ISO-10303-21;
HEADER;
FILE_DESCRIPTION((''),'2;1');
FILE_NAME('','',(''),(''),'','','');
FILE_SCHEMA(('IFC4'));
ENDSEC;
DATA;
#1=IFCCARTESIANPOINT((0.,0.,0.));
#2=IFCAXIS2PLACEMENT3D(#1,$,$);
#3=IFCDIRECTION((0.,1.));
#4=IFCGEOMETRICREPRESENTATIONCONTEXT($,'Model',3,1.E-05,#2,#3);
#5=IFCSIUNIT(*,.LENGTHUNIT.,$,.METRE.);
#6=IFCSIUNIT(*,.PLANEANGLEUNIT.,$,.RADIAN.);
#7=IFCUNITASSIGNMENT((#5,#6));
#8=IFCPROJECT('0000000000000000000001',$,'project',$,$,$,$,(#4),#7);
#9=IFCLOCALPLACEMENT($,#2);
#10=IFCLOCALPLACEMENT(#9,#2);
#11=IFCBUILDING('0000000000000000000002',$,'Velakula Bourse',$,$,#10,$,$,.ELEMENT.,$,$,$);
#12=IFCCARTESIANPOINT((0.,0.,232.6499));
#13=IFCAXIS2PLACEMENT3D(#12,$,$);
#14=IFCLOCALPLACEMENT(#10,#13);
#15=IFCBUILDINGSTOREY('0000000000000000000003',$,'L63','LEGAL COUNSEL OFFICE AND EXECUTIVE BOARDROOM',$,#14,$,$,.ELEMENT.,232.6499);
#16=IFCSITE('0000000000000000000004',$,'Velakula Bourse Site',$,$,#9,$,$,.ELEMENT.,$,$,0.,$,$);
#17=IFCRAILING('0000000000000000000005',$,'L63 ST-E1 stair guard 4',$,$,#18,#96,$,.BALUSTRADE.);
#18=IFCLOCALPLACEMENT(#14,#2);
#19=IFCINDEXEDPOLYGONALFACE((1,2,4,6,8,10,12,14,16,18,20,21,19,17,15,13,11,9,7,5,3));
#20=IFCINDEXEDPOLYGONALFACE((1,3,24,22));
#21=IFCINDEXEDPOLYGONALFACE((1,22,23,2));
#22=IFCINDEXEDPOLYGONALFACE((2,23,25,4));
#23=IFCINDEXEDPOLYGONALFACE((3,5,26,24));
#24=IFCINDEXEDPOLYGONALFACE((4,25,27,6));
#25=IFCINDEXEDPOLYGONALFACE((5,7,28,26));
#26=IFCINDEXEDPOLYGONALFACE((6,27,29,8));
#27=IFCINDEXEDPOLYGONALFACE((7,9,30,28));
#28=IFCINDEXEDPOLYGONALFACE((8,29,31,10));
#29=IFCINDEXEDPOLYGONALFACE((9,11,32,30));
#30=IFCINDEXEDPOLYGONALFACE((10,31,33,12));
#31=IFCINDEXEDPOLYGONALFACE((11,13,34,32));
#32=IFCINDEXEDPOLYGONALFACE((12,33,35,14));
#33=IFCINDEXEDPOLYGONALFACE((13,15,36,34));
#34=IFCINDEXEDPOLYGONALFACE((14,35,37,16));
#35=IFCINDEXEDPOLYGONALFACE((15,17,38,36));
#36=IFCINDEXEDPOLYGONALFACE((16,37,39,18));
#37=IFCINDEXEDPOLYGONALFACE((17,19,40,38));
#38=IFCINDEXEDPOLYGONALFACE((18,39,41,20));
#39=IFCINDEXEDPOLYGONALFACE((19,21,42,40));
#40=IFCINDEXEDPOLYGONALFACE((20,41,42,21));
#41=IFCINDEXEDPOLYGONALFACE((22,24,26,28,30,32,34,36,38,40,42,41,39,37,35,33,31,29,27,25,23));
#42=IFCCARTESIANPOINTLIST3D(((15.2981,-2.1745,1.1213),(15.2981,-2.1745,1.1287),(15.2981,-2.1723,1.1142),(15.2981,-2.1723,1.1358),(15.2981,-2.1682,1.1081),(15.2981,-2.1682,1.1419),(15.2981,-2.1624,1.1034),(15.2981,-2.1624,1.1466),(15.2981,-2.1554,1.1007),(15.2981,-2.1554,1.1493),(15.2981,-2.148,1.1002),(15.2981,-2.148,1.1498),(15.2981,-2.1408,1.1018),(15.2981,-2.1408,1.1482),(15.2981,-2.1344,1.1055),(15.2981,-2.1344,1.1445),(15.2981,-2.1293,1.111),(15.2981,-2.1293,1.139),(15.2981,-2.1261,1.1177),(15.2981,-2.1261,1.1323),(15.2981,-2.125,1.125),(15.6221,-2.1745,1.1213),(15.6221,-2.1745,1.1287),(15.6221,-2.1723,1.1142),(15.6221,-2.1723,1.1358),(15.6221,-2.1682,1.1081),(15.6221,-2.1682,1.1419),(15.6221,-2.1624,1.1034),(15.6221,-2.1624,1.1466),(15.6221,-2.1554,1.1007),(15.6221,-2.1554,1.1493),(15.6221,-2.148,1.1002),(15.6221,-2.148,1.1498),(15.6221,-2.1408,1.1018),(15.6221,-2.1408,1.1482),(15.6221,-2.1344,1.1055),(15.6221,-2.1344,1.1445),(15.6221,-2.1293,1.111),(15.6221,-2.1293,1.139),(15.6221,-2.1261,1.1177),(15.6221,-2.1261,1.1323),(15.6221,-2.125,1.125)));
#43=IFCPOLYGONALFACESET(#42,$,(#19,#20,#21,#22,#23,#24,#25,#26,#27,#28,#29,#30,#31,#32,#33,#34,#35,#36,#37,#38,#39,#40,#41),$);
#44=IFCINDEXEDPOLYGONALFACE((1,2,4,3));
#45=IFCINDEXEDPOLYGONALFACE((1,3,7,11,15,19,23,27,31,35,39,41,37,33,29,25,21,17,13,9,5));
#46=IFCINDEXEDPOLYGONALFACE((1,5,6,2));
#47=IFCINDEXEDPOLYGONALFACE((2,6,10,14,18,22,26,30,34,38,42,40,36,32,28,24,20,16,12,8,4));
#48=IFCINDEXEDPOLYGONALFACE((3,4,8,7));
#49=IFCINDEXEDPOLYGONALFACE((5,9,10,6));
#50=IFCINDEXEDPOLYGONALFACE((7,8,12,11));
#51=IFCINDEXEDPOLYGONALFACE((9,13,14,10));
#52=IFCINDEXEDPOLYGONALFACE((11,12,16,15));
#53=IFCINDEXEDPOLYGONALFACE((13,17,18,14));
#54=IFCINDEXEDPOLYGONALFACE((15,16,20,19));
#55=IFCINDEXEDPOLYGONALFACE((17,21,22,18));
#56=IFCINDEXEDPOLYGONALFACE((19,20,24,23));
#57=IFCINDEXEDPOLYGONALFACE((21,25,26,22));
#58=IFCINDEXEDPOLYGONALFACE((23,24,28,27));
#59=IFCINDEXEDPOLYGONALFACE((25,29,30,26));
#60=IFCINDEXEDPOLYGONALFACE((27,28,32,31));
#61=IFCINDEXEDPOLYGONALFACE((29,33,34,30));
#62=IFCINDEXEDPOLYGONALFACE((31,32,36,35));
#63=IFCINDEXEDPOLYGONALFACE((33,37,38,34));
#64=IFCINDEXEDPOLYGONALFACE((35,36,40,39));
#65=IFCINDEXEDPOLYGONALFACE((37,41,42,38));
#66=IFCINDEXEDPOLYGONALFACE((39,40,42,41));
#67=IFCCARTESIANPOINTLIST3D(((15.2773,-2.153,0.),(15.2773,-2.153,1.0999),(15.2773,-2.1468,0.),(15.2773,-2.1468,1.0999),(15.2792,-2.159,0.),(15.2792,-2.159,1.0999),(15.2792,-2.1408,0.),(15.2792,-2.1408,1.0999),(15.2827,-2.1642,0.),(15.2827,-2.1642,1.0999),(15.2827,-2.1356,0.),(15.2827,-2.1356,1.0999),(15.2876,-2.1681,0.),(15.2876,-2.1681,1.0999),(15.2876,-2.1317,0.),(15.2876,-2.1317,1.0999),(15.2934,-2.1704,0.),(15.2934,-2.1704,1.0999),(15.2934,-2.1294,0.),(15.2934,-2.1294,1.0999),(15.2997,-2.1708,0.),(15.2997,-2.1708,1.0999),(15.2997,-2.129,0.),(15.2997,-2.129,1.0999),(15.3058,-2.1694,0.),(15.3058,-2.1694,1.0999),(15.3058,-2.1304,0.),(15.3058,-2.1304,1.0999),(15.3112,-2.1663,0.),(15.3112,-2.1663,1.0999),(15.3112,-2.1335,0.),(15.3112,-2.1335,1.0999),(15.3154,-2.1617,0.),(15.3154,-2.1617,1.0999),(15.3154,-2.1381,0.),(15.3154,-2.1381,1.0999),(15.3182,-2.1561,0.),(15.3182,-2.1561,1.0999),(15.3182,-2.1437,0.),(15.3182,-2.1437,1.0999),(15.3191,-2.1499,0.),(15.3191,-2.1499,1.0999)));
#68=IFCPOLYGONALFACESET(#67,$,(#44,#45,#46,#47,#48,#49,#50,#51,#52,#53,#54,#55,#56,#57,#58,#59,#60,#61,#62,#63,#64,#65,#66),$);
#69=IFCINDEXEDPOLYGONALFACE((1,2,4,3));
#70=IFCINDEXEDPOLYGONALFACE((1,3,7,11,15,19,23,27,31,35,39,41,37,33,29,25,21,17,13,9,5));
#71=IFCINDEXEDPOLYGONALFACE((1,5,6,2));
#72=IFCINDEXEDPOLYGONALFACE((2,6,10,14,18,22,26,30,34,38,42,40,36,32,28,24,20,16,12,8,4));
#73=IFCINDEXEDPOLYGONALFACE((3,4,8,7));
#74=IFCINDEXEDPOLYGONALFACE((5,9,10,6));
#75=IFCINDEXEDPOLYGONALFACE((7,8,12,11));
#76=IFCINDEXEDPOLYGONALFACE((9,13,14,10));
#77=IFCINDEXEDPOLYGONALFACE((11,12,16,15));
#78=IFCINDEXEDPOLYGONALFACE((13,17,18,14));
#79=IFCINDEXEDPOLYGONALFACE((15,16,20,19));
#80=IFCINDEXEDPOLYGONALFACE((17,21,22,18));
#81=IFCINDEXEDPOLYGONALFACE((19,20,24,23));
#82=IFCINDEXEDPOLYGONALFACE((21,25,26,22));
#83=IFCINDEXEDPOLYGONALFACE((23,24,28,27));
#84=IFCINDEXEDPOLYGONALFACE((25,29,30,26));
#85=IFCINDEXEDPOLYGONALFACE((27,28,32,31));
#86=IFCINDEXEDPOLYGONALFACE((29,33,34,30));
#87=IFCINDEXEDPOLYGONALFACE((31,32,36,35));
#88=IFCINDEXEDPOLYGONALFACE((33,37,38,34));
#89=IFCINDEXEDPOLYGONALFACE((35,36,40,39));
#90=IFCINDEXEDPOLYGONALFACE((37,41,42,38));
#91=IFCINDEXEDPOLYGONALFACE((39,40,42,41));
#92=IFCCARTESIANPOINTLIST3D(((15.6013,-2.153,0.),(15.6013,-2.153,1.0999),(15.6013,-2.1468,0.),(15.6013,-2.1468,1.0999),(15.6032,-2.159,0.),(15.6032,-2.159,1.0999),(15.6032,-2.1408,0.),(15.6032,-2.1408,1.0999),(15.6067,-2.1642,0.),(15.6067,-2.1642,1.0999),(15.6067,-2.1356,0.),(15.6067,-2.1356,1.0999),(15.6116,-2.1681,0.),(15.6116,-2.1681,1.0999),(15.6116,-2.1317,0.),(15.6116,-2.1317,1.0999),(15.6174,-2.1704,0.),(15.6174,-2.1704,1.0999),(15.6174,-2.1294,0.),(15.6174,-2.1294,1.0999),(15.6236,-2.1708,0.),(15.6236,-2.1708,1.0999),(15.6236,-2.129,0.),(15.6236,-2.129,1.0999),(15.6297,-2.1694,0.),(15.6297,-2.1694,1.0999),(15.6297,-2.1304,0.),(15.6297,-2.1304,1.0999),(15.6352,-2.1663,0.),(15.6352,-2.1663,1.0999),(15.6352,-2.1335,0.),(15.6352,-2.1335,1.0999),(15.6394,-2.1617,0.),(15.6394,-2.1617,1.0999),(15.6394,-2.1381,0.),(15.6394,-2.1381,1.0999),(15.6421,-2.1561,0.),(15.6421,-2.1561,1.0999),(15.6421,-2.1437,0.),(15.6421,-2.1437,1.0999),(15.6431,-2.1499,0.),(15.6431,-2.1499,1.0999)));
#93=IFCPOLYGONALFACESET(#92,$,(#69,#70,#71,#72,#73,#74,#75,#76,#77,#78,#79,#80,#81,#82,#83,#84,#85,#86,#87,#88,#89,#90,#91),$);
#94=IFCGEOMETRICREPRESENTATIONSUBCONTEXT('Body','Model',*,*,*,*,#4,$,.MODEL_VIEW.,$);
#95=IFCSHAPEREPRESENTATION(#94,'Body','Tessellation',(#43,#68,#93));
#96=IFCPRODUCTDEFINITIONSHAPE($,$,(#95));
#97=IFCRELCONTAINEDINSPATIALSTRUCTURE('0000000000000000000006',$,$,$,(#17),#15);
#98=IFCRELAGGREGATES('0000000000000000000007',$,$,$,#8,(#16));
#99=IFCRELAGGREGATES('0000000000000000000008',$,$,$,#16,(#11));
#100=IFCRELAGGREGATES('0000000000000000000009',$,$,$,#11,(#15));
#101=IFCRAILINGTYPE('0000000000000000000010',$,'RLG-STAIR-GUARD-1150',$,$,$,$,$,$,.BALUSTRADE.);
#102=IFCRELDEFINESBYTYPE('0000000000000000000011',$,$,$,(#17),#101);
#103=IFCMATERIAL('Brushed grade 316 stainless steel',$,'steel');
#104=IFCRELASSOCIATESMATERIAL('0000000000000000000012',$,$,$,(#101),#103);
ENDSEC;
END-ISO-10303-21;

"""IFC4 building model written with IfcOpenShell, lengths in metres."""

from ifc_helpers import new_model, si_unit, direction, frame, origin, origin_2d, place, context, subcontext, project, spatial, circle, extrude, material, type_object, element, save


model = new_model("IFC4")

# Units and contexts
model_context = context("Model", 3, precision=1e-05, world=origin(), true_north=direction((0.0, 1.0)))
body_context = subcontext(model_context, "Body", "Model", "MODEL_VIEW")
ifc_project = project(units=[si_unit("LENGTHUNIT", "METRE"), si_unit("PLANEANGLEUNIT", "RADIAN")], contexts=[model_context])

# Site, building, storey
site_placement = place(None, origin())
site = spatial("IfcSite", under=ifc_project, at=site_placement, Name="Velakula Bourse Site", CompositionType="ELEMENT", RefElevation=0.0)
building_placement = place(site_placement, origin())
building = spatial("IfcBuilding", under=site, at=building_placement, Name="Velakula Bourse", CompositionType="ELEMENT")
storey_placement = place(building_placement, frame((0.0, 0.0, 232.6499)))
storey = spatial("IfcBuildingStorey", under=building, at=storey_placement, Name="L63", Description="LEGAL COUNSEL OFFICE AND EXECUTIVE BOARDROOM", CompositionType="ELEMENT", Elevation=232.6499)

# Shared definitions
ifc_material_1 = material(Name="Brushed grade 316 stainless steel", Category="steel")

# Railing
railing_type_1 = type_object("IfcRailingType", Name="RLG-STAIR-GUARD-1150", PredefinedType="BALUSTRADE", material=ifc_material_1)
railing_1_placement = place(storey_placement, frame((15.2981, -2.1499, 0.0)))
element("IfcRailing", 1, at=railing_1_placement, inside=storey, type_object=railing_type_1, Name="L63 ST-E1 stair guard 4", PredefinedType="BALUSTRADE", context=body_context, shape_type="SweptSolid", body=[
    extrude(circle(Radius=0.0249, at=origin_2d()), frame((0.0, 0.0, 1.125), z_axis=(1.0, 0.0, 0.0), x_axis=(0.0, 1.0, 0.0)), (0.0, 0.0, 1.0), 0.324),
    extrude(circle(Radius=0.021, at=origin_2d()), origin(), (0.0, 0.0, 1.0), 1.0999),
    extrude(circle(Radius=0.021, at=origin_2d()), frame((0.324, 0.0, 0.0)), (0.0, 0.0, 1.0), 1.0999),
])

save(model, "model.ifc")
